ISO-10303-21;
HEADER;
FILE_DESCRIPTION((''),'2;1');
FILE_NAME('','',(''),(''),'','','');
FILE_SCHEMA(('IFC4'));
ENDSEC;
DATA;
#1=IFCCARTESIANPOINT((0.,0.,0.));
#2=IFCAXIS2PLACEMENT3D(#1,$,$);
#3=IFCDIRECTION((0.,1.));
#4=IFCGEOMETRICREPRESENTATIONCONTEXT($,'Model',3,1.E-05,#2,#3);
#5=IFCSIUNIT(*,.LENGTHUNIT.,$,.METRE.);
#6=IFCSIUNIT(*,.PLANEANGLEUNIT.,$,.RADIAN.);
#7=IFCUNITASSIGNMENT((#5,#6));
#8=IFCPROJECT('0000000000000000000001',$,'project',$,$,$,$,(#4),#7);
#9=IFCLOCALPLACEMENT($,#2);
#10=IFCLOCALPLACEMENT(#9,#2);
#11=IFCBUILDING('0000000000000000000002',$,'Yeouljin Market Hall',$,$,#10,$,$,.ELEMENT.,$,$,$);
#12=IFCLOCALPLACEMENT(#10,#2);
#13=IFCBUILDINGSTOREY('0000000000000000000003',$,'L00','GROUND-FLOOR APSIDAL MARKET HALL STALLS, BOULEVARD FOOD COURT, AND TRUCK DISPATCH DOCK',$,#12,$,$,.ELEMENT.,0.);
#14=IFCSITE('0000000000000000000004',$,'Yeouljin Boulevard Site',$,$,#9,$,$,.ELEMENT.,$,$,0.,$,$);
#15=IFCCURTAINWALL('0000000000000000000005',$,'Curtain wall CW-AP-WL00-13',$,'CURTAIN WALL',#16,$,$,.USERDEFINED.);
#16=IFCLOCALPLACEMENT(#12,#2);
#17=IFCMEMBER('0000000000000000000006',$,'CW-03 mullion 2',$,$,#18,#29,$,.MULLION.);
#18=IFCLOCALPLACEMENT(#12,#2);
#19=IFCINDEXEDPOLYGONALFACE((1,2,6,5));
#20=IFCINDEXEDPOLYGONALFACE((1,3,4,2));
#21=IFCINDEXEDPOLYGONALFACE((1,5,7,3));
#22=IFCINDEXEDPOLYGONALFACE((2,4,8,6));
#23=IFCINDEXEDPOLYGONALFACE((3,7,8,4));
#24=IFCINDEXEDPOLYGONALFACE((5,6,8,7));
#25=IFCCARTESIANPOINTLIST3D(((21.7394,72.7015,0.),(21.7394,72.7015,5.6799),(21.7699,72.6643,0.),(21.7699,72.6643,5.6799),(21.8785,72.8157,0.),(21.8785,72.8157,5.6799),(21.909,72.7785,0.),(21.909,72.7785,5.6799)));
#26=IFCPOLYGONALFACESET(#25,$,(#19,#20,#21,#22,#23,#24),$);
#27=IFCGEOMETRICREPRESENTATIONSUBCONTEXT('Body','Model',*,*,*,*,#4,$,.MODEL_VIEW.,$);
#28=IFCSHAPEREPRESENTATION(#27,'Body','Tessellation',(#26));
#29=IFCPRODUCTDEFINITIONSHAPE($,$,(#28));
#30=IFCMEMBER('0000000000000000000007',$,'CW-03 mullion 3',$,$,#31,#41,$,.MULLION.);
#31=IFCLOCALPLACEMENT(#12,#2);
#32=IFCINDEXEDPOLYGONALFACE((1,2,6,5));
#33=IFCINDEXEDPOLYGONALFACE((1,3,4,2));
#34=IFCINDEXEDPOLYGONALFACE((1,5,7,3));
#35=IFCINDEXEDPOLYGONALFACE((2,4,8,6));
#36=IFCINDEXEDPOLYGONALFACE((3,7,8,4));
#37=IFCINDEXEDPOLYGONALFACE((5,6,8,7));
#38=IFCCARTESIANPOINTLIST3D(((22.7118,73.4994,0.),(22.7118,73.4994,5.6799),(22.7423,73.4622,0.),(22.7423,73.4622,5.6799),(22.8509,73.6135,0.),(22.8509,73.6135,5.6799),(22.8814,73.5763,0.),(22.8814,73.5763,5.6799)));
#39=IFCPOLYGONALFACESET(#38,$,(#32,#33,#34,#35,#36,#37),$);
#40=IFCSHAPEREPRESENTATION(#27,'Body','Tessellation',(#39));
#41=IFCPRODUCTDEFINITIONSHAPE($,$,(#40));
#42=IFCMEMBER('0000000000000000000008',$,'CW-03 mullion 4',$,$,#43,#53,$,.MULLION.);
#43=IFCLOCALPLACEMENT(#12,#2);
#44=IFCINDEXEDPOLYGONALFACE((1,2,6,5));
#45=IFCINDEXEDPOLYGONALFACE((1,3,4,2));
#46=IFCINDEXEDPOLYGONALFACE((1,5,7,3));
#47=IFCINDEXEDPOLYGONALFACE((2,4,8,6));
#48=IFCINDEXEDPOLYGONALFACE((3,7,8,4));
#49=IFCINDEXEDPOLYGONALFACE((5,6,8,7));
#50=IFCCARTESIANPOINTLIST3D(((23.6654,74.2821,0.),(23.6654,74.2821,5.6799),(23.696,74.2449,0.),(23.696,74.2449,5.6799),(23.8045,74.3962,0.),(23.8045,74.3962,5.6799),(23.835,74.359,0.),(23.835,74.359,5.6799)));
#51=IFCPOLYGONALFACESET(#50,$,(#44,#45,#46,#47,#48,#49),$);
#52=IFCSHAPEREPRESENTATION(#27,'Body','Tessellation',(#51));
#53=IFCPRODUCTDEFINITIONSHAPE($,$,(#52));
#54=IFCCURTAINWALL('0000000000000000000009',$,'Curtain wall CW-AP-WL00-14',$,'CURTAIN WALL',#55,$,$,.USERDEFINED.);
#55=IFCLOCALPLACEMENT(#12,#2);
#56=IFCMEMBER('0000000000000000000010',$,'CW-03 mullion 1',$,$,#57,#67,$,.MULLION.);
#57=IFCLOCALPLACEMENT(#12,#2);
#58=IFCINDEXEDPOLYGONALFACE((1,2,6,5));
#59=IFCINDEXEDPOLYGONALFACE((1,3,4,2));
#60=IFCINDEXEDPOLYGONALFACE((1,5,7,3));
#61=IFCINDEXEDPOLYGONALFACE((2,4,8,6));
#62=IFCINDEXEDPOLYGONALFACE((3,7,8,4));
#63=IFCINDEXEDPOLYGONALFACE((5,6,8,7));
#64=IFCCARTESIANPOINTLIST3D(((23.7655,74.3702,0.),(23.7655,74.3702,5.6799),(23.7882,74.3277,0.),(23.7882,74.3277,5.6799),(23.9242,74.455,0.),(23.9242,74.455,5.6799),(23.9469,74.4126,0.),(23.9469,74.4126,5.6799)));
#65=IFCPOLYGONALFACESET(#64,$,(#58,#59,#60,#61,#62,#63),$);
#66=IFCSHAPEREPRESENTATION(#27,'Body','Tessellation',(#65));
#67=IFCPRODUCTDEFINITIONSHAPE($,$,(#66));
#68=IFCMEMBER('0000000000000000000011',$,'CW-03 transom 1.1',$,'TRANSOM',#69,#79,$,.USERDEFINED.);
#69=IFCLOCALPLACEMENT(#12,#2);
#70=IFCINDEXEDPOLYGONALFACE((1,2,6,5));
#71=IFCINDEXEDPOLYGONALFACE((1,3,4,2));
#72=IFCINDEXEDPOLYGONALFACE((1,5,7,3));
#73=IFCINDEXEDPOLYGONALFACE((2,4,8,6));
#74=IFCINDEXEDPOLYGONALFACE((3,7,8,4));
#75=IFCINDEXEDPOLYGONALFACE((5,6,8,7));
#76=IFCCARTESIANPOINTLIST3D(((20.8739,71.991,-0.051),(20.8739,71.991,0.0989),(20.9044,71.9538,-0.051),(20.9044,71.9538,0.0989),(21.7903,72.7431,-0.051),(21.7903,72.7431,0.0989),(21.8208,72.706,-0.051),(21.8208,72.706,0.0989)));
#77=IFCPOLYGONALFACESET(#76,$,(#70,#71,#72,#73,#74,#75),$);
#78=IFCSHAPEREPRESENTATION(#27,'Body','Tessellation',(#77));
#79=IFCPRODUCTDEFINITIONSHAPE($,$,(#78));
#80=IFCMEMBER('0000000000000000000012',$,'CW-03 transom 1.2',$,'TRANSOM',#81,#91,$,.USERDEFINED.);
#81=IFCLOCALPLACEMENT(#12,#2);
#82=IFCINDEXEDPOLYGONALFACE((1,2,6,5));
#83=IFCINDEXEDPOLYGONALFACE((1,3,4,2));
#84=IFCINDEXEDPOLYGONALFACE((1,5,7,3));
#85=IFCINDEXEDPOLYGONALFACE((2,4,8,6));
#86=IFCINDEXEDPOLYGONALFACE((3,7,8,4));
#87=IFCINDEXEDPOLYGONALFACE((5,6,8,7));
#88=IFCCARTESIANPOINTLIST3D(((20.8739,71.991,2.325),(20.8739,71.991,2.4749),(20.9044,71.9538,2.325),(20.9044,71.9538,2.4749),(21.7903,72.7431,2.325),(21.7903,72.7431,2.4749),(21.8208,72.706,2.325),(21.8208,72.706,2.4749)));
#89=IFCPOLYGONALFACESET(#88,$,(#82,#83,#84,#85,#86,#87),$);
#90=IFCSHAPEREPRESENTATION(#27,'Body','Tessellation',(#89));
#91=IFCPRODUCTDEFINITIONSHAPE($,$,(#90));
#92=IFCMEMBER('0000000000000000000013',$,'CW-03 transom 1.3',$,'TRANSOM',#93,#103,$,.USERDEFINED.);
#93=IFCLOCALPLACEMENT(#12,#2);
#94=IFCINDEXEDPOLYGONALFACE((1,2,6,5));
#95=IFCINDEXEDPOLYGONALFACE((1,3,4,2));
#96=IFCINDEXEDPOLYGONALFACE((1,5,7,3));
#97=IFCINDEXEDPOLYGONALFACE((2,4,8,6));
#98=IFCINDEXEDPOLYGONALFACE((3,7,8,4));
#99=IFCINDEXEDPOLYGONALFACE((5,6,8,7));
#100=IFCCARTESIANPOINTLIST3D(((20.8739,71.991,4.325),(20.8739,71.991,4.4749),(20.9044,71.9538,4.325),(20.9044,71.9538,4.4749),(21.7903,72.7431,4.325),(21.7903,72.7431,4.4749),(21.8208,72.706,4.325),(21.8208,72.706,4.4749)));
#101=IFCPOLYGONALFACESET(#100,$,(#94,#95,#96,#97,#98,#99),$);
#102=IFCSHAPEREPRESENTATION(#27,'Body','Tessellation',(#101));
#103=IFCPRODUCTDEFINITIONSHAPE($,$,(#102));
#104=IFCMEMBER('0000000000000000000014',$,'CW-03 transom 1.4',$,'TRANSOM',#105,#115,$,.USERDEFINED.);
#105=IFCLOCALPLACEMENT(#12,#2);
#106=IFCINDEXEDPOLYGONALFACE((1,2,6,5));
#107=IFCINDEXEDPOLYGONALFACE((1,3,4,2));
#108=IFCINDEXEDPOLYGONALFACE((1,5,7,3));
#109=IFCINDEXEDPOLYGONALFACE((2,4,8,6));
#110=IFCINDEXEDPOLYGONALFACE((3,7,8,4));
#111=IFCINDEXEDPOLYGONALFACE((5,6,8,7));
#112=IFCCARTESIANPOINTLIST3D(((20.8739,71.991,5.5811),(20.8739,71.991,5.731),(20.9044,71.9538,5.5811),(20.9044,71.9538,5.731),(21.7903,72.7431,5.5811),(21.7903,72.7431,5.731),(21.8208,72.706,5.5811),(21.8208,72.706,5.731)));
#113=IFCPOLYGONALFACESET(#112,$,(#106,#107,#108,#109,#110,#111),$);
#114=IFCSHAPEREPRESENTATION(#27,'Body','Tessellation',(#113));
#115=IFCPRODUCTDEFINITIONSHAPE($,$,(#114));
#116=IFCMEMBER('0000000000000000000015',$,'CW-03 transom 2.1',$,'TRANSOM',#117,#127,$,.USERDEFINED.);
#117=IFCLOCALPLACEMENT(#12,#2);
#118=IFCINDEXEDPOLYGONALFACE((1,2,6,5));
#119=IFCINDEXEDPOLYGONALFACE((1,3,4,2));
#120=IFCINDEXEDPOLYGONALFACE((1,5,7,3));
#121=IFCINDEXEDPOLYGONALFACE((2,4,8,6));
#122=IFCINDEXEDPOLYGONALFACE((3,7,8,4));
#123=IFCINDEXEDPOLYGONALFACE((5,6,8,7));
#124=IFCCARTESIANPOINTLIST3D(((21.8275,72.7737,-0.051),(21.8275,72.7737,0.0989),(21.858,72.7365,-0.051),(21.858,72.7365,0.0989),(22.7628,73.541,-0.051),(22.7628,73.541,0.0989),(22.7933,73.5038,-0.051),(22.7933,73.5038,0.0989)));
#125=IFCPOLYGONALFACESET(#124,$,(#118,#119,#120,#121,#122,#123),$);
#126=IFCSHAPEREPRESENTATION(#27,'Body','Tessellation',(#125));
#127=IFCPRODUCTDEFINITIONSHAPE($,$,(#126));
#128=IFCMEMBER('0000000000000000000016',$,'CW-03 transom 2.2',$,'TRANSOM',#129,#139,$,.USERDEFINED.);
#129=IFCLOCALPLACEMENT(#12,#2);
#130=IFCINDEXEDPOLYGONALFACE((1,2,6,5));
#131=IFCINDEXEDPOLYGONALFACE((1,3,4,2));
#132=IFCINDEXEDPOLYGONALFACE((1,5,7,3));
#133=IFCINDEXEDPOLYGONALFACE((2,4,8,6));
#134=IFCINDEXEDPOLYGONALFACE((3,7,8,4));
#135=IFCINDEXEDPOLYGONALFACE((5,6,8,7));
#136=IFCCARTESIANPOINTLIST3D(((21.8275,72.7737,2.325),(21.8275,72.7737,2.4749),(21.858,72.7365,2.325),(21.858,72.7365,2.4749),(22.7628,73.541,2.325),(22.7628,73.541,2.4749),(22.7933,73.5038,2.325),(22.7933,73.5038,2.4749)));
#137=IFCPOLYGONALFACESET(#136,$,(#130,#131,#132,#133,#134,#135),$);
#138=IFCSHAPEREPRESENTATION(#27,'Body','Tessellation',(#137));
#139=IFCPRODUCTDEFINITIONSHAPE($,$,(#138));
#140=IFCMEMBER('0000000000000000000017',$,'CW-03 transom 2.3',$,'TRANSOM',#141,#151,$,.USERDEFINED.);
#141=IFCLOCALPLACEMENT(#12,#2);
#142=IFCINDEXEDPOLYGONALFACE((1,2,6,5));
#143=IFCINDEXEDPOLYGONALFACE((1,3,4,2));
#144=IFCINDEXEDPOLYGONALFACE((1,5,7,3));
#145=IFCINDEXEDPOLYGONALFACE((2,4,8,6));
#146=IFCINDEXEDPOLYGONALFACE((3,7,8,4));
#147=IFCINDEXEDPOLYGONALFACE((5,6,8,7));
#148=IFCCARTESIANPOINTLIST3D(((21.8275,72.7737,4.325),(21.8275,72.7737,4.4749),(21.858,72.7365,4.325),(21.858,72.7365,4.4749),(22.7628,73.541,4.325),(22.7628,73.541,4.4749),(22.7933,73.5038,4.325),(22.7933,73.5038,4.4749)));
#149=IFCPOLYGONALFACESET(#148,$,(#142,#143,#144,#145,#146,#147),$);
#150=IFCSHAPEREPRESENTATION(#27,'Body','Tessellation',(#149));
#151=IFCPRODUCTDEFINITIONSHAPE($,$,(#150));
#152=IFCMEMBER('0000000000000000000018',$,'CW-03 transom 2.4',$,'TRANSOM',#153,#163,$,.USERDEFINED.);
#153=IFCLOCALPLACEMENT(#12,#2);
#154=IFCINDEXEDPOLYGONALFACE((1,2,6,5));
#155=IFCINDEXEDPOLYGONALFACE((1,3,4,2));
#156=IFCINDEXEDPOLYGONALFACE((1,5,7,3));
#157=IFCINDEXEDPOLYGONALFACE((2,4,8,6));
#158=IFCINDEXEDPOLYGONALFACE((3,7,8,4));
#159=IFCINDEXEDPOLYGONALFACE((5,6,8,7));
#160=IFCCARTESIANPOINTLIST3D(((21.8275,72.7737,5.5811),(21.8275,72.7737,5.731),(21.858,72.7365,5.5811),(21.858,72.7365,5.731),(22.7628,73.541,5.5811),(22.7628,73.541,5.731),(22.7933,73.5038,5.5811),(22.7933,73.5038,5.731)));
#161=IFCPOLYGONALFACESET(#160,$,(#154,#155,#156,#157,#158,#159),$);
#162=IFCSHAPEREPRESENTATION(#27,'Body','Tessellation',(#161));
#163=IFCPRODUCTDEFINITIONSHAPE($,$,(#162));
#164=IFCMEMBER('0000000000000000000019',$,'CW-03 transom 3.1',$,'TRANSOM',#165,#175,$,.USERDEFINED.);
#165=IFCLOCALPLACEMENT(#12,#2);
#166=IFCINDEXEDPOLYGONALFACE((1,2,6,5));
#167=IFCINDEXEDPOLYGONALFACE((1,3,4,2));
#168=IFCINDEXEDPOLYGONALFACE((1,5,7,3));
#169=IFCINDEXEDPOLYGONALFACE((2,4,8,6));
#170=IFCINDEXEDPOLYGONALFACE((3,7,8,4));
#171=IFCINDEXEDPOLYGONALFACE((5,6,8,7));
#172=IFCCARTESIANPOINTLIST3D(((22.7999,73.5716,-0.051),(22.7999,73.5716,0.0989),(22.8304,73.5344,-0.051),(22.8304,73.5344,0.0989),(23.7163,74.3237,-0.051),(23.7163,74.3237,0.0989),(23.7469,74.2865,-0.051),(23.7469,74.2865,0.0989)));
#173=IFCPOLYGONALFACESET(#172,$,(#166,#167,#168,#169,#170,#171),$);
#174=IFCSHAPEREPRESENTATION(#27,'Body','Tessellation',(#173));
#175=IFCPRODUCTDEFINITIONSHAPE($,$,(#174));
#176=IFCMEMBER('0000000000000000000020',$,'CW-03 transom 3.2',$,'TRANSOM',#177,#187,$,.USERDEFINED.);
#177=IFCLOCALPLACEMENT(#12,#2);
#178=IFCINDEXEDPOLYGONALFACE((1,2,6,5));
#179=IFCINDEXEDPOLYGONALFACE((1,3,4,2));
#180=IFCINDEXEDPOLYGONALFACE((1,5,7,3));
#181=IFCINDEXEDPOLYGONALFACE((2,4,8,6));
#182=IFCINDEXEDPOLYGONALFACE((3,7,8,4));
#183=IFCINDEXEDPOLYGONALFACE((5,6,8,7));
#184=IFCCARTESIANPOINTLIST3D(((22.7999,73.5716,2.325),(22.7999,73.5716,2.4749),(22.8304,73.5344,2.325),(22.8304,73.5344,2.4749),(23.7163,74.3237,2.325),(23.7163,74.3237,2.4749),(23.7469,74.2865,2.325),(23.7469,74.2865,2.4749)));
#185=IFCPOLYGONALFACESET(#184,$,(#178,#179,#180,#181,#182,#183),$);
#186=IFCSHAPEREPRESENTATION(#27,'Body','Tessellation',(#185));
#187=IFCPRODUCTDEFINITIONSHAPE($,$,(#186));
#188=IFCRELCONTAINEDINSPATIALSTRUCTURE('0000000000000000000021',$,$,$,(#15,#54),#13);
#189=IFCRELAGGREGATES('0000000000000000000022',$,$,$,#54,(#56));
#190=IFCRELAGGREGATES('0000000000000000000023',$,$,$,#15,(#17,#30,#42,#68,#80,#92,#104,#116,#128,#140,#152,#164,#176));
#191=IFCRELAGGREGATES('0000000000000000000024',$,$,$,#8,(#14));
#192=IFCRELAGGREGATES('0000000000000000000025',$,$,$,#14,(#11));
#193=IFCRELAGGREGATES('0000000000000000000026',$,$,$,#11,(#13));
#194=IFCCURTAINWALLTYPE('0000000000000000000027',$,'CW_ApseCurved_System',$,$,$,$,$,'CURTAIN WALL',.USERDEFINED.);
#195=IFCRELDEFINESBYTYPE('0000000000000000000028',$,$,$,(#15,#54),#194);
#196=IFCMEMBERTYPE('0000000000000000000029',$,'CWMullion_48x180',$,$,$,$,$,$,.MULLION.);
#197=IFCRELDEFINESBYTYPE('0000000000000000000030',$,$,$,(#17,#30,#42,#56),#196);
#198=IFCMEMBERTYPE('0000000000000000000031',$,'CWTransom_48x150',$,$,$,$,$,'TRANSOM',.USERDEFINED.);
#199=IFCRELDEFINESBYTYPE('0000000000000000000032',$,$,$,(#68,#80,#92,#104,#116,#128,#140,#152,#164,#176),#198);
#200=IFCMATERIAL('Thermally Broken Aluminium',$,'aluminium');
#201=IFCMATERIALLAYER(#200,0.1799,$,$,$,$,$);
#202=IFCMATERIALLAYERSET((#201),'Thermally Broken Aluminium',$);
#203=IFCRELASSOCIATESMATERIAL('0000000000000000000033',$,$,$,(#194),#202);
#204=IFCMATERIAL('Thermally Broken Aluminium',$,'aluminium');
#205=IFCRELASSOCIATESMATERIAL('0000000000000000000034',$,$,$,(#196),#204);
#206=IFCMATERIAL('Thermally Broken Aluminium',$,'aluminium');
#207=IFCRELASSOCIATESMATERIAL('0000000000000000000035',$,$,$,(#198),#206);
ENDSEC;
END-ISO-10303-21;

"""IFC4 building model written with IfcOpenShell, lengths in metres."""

from ifc_helpers import new_model, si_unit, direction, frame, origin, origin_2d, place, context, subcontext, project, spatial, rectangle, extrude, material, layer, layer_set, material_profile, profile_set, type_object, element, aggregate, save


model = new_model("IFC4")

# Units and contexts
model_context = context("Model", 3, precision=1e-05, world=origin(), true_north=direction((0.0, 1.0)))
body_context = subcontext(model_context, "Body", "Model", "MODEL_VIEW")
ifc_project = project(units=[si_unit("LENGTHUNIT", "METRE"), si_unit("PLANEANGLEUNIT", "RADIAN")], contexts=[model_context])

# Site, building, storey
site_placement = place(None, origin())
site = spatial("IfcSite", under=ifc_project, at=site_placement, Name="Yeouljin Boulevard Site", CompositionType="ELEMENT", RefElevation=0.0)
building_placement = place(site_placement, origin())
building = spatial("IfcBuilding", under=site, at=building_placement, Name="Yeouljin Market Hall", CompositionType="ELEMENT")
storey_placement = place(building_placement, origin())
storey = spatial("IfcBuildingStorey", under=building, at=storey_placement, Name="L00", Description="GROUND-FLOOR APSIDAL MARKET HALL STALLS, BOULEVARD FOOD COURT, AND TRUCK DISPATCH DOCK", CompositionType="ELEMENT", Elevation=0.0)

# Curtain wall, members
ifc_material_1 = material(Name="Thermally Broken Aluminium", Category="aluminium")
ifc_layer_1 = layer(ifc_material_1, 0.1799)
ifc_layer_set_1 = layer_set([ifc_layer_1], Name="Thermally Broken Aluminium")
curtain_wall_type = type_object("IfcCurtainWallType", Name="CW_ApseCurved_System", ElementType="CURTAIN WALL", PredefinedType="USERDEFINED", material=ifc_layer_set_1)
curtain_wall_1_placement = place(storey_placement, origin())
curtain_wall_1 = element("IfcCurtainWall", 1, at=curtain_wall_1_placement, inside=storey, type_object=curtain_wall_type, Name="Curtain wall CW-AP-WL00-13", ObjectType="CURTAIN WALL", PredefinedType="USERDEFINED")
ifc_material_2 = material(Name="Thermally Broken Aluminium", Category="aluminium")
ifc_material_profile_1 = material_profile(ifc_material_2, rectangle(XDim=0.0481, YDim=0.1799, at=origin_2d()), Name="CW-MULL-48x180")
ifc_profile_set_1 = profile_set([ifc_material_profile_1], Name="Thermally Broken Aluminium")
member_type_1 = type_object("IfcMemberType", Name="CWMullion_48x180", PredefinedType="MULLION", material=ifc_profile_set_1)
member_1_placement = place(storey_placement, frame((21.8242, 72.74, 0.0), z_axis=(0.0, 0.0, 1.0), x_axis=(-0.634384, 0.773018, 0.0)))
member_1 = element("IfcMember", 2, at=member_1_placement, type_object=member_type_1, Name="CW-03 mullion 2", PredefinedType="MULLION", context=body_context, shape_type="SweptSolid", body=[
    extrude(rectangle(XDim=0.0481, YDim=0.1799, at=origin_2d()), origin(), (0.0, 0.0, 1.0), 5.6799),
])
member_2_placement = place(storey_placement, frame((22.7966, 73.5378, 0.0), z_axis=(0.0, 0.0, 1.0), x_axis=(-0.634384, 0.773018, 0.0)))
member_2 = element("IfcMember", 3, at=member_2_placement, type_object=member_type_1, Name="CW-03 mullion 3", PredefinedType="MULLION", context=body_context, shape_type="SweptSolid", body=[
    extrude(rectangle(XDim=0.0481, YDim=0.1799, at=origin_2d()), origin(), (0.0, 0.0, 1.0), 5.6799),
])
member_3_placement = place(storey_placement, frame((23.7502, 74.3206, 0.0), z_axis=(0.0, 0.0, 1.0), x_axis=(-0.634384, 0.773018, 0.0)))
member_3 = element("IfcMember", 4, at=member_3_placement, type_object=member_type_1, Name="CW-03 mullion 4", PredefinedType="MULLION", context=body_context, shape_type="SweptSolid", body=[
    extrude(rectangle(XDim=0.0481, YDim=0.1799, at=origin_2d()), origin(), (0.0, 0.0, 1.0), 5.6799),
])

# Curtain wall, member
curtain_wall_2_placement = place(storey_placement, origin())
curtain_wall_2 = element("IfcCurtainWall", 5, at=curtain_wall_2_placement, inside=storey, type_object=curtain_wall_type, Name="Curtain wall CW-AP-WL00-14", ObjectType="CURTAIN WALL", PredefinedType="USERDEFINED")
member_4_placement = place(storey_placement, frame((23.8562, 74.3914, 0.0), z_axis=(0.0, 0.0, 1.0), x_axis=(-0.471378, 0.881931, 0.0)))
member_4 = element("IfcMember", 6, at=member_4_placement, type_object=member_type_1, Name="CW-03 mullion 1", PredefinedType="MULLION", context=body_context, shape_type="SweptSolid", body=[
    extrude(rectangle(XDim=0.0481, YDim=0.1799, at=origin_2d()), origin(), (0.0, 0.0, 1.0), 5.6799),
])

# Members
ifc_material_3 = material(Name="Thermally Broken Aluminium", Category="aluminium")
ifc_material_profile_2 = material_profile(ifc_material_3, rectangle(XDim=0.0481, YDim=0.1499, at=origin_2d()), Name="CW-TRAN-48x150")
ifc_profile_set_2 = profile_set([ifc_material_profile_2], Name="Thermally Broken Aluminium")
member_type_2 = type_object("IfcMemberType", Name="CWTransom_48x150", ElementType="TRANSOM", PredefinedType="USERDEFINED", material=ifc_profile_set_2)
member_5_placement = place(storey_placement, frame((20.8892, 71.9724, 0.0239), z_axis=(0.772993, 0.634414, 0.0), x_axis=(-0.634414, 0.772993, 0.0)))
member_5 = element("IfcMember", 7, at=member_5_placement, type_object=member_type_2, Name="CW-03 transom 1.1", ObjectType="TRANSOM", PredefinedType="USERDEFINED", context=body_context, shape_type="SweptSolid", body=[
    extrude(rectangle(XDim=0.0481, YDim=0.1499, at=origin_2d()), origin(), (0.0, 0.0, 1.0), 1.1855),
])
member_6_placement = place(storey_placement, frame((20.8892, 71.9724, 2.3999), z_axis=(0.772993, 0.634414, 0.0), x_axis=(-0.634414, 0.772993, 0.0)))
member_6 = element("IfcMember", 8, at=member_6_placement, type_object=member_type_2, Name="CW-03 transom 1.2", ObjectType="TRANSOM", PredefinedType="USERDEFINED", context=body_context, shape_type="SweptSolid", body=[
    extrude(rectangle(XDim=0.0481, YDim=0.1499, at=origin_2d()), origin(), (0.0, 0.0, 1.0), 1.1855),
])
member_7_placement = place(storey_placement, frame((20.8892, 71.9724, 4.3999), z_axis=(0.772993, 0.634414, 0.0), x_axis=(-0.634414, 0.772993, 0.0)))
member_7 = element("IfcMember", 9, at=member_7_placement, type_object=member_type_2, Name="CW-03 transom 1.3", ObjectType="TRANSOM", PredefinedType="USERDEFINED", context=body_context, shape_type="SweptSolid", body=[
    extrude(rectangle(XDim=0.0481, YDim=0.1499, at=origin_2d()), origin(), (0.0, 0.0, 1.0), 1.1855),
])
member_8_placement = place(storey_placement, frame((20.8892, 71.9724, 5.656), z_axis=(0.772993, 0.634414, 0.0), x_axis=(-0.634414, 0.772993, 0.0)))
member_8 = element("IfcMember", 10, at=member_8_placement, type_object=member_type_2, Name="CW-03 transom 1.4", ObjectType="TRANSOM", PredefinedType="USERDEFINED", context=body_context, shape_type="SweptSolid", body=[
    extrude(rectangle(XDim=0.0481, YDim=0.1499, at=origin_2d()), origin(), (0.0, 0.0, 1.0), 1.1855),
])
member_9_placement = place(storey_placement, frame((21.8428, 72.7551, 0.0239), z_axis=(0.773111, 0.63427, 0.0), x_axis=(-0.63427, 0.773111, 0.0)))
member_9 = element("IfcMember", 11, at=member_9_placement, type_object=member_type_2, Name="CW-03 transom 2.1", ObjectType="TRANSOM", PredefinedType="USERDEFINED", context=body_context, shape_type="SweptSolid", body=[
    extrude(rectangle(XDim=0.0481, YDim=0.1499, at=origin_2d()), origin(), (0.0, 0.0, 1.0), 1.2097),
])
member_10_placement = place(storey_placement, frame((21.8428, 72.7551, 2.3999), z_axis=(0.773111, 0.63427, 0.0), x_axis=(-0.63427, 0.773111, 0.0)))
member_10 = element("IfcMember", 12, at=member_10_placement, type_object=member_type_2, Name="CW-03 transom 2.2", ObjectType="TRANSOM", PredefinedType="USERDEFINED", context=body_context, shape_type="SweptSolid", body=[
    extrude(rectangle(XDim=0.0481, YDim=0.1499, at=origin_2d()), origin(), (0.0, 0.0, 1.0), 1.2097),
])
member_11_placement = place(storey_placement, frame((21.8428, 72.7551, 4.3999), z_axis=(0.773111, 0.63427, 0.0), x_axis=(-0.63427, 0.773111, 0.0)))
member_11 = element("IfcMember", 13, at=member_11_placement, type_object=member_type_2, Name="CW-03 transom 2.3", ObjectType="TRANSOM", PredefinedType="USERDEFINED", context=body_context, shape_type="SweptSolid", body=[
    extrude(rectangle(XDim=0.0481, YDim=0.1499, at=origin_2d()), origin(), (0.0, 0.0, 1.0), 1.2097),
])
member_12_placement = place(storey_placement, frame((21.8428, 72.7551, 5.656), z_axis=(0.773111, 0.63427, 0.0), x_axis=(-0.63427, 0.773111, 0.0)))
member_12 = element("IfcMember", 14, at=member_12_placement, type_object=member_type_2, Name="CW-03 transom 2.4", ObjectType="TRANSOM", PredefinedType="USERDEFINED", context=body_context, shape_type="SweptSolid", body=[
    extrude(rectangle(XDim=0.0481, YDim=0.1499, at=origin_2d()), origin(), (0.0, 0.0, 1.0), 1.2097),
])
member_13_placement = place(storey_placement, frame((22.8152, 73.553, 0.0239), z_axis=(0.772993, 0.634414, 0.0), x_axis=(-0.634414, 0.772993, 0.0)))
member_13 = element("IfcMember", 15, at=member_13_placement, type_object=member_type_2, Name="CW-03 transom 3.1", ObjectType="TRANSOM", PredefinedType="USERDEFINED", context=body_context, shape_type="SweptSolid", body=[
    extrude(rectangle(XDim=0.0481, YDim=0.1499, at=origin_2d()), origin(), (0.0, 0.0, 1.0), 1.1855),
])
member_14_placement = place(storey_placement, frame((22.8152, 73.553, 2.3999), z_axis=(0.772993, 0.634414, 0.0), x_axis=(-0.634414, 0.772993, 0.0)))
member_14 = element("IfcMember", 16, at=member_14_placement, type_object=member_type_2, Name="CW-03 transom 3.2", ObjectType="TRANSOM", PredefinedType="USERDEFINED", context=body_context, shape_type="SweptSolid", body=[
    extrude(rectangle(XDim=0.0481, YDim=0.1499, at=origin_2d()), origin(), (0.0, 0.0, 1.0), 1.1855),
])
aggregate(curtain_wall_2, [member_4])

aggregate(curtain_wall_1, [member_1, member_2, member_3, member_5, member_6, member_7, member_8, member_9, member_10, member_11, member_12, member_13, member_14])

save(model, "model.ifc")
